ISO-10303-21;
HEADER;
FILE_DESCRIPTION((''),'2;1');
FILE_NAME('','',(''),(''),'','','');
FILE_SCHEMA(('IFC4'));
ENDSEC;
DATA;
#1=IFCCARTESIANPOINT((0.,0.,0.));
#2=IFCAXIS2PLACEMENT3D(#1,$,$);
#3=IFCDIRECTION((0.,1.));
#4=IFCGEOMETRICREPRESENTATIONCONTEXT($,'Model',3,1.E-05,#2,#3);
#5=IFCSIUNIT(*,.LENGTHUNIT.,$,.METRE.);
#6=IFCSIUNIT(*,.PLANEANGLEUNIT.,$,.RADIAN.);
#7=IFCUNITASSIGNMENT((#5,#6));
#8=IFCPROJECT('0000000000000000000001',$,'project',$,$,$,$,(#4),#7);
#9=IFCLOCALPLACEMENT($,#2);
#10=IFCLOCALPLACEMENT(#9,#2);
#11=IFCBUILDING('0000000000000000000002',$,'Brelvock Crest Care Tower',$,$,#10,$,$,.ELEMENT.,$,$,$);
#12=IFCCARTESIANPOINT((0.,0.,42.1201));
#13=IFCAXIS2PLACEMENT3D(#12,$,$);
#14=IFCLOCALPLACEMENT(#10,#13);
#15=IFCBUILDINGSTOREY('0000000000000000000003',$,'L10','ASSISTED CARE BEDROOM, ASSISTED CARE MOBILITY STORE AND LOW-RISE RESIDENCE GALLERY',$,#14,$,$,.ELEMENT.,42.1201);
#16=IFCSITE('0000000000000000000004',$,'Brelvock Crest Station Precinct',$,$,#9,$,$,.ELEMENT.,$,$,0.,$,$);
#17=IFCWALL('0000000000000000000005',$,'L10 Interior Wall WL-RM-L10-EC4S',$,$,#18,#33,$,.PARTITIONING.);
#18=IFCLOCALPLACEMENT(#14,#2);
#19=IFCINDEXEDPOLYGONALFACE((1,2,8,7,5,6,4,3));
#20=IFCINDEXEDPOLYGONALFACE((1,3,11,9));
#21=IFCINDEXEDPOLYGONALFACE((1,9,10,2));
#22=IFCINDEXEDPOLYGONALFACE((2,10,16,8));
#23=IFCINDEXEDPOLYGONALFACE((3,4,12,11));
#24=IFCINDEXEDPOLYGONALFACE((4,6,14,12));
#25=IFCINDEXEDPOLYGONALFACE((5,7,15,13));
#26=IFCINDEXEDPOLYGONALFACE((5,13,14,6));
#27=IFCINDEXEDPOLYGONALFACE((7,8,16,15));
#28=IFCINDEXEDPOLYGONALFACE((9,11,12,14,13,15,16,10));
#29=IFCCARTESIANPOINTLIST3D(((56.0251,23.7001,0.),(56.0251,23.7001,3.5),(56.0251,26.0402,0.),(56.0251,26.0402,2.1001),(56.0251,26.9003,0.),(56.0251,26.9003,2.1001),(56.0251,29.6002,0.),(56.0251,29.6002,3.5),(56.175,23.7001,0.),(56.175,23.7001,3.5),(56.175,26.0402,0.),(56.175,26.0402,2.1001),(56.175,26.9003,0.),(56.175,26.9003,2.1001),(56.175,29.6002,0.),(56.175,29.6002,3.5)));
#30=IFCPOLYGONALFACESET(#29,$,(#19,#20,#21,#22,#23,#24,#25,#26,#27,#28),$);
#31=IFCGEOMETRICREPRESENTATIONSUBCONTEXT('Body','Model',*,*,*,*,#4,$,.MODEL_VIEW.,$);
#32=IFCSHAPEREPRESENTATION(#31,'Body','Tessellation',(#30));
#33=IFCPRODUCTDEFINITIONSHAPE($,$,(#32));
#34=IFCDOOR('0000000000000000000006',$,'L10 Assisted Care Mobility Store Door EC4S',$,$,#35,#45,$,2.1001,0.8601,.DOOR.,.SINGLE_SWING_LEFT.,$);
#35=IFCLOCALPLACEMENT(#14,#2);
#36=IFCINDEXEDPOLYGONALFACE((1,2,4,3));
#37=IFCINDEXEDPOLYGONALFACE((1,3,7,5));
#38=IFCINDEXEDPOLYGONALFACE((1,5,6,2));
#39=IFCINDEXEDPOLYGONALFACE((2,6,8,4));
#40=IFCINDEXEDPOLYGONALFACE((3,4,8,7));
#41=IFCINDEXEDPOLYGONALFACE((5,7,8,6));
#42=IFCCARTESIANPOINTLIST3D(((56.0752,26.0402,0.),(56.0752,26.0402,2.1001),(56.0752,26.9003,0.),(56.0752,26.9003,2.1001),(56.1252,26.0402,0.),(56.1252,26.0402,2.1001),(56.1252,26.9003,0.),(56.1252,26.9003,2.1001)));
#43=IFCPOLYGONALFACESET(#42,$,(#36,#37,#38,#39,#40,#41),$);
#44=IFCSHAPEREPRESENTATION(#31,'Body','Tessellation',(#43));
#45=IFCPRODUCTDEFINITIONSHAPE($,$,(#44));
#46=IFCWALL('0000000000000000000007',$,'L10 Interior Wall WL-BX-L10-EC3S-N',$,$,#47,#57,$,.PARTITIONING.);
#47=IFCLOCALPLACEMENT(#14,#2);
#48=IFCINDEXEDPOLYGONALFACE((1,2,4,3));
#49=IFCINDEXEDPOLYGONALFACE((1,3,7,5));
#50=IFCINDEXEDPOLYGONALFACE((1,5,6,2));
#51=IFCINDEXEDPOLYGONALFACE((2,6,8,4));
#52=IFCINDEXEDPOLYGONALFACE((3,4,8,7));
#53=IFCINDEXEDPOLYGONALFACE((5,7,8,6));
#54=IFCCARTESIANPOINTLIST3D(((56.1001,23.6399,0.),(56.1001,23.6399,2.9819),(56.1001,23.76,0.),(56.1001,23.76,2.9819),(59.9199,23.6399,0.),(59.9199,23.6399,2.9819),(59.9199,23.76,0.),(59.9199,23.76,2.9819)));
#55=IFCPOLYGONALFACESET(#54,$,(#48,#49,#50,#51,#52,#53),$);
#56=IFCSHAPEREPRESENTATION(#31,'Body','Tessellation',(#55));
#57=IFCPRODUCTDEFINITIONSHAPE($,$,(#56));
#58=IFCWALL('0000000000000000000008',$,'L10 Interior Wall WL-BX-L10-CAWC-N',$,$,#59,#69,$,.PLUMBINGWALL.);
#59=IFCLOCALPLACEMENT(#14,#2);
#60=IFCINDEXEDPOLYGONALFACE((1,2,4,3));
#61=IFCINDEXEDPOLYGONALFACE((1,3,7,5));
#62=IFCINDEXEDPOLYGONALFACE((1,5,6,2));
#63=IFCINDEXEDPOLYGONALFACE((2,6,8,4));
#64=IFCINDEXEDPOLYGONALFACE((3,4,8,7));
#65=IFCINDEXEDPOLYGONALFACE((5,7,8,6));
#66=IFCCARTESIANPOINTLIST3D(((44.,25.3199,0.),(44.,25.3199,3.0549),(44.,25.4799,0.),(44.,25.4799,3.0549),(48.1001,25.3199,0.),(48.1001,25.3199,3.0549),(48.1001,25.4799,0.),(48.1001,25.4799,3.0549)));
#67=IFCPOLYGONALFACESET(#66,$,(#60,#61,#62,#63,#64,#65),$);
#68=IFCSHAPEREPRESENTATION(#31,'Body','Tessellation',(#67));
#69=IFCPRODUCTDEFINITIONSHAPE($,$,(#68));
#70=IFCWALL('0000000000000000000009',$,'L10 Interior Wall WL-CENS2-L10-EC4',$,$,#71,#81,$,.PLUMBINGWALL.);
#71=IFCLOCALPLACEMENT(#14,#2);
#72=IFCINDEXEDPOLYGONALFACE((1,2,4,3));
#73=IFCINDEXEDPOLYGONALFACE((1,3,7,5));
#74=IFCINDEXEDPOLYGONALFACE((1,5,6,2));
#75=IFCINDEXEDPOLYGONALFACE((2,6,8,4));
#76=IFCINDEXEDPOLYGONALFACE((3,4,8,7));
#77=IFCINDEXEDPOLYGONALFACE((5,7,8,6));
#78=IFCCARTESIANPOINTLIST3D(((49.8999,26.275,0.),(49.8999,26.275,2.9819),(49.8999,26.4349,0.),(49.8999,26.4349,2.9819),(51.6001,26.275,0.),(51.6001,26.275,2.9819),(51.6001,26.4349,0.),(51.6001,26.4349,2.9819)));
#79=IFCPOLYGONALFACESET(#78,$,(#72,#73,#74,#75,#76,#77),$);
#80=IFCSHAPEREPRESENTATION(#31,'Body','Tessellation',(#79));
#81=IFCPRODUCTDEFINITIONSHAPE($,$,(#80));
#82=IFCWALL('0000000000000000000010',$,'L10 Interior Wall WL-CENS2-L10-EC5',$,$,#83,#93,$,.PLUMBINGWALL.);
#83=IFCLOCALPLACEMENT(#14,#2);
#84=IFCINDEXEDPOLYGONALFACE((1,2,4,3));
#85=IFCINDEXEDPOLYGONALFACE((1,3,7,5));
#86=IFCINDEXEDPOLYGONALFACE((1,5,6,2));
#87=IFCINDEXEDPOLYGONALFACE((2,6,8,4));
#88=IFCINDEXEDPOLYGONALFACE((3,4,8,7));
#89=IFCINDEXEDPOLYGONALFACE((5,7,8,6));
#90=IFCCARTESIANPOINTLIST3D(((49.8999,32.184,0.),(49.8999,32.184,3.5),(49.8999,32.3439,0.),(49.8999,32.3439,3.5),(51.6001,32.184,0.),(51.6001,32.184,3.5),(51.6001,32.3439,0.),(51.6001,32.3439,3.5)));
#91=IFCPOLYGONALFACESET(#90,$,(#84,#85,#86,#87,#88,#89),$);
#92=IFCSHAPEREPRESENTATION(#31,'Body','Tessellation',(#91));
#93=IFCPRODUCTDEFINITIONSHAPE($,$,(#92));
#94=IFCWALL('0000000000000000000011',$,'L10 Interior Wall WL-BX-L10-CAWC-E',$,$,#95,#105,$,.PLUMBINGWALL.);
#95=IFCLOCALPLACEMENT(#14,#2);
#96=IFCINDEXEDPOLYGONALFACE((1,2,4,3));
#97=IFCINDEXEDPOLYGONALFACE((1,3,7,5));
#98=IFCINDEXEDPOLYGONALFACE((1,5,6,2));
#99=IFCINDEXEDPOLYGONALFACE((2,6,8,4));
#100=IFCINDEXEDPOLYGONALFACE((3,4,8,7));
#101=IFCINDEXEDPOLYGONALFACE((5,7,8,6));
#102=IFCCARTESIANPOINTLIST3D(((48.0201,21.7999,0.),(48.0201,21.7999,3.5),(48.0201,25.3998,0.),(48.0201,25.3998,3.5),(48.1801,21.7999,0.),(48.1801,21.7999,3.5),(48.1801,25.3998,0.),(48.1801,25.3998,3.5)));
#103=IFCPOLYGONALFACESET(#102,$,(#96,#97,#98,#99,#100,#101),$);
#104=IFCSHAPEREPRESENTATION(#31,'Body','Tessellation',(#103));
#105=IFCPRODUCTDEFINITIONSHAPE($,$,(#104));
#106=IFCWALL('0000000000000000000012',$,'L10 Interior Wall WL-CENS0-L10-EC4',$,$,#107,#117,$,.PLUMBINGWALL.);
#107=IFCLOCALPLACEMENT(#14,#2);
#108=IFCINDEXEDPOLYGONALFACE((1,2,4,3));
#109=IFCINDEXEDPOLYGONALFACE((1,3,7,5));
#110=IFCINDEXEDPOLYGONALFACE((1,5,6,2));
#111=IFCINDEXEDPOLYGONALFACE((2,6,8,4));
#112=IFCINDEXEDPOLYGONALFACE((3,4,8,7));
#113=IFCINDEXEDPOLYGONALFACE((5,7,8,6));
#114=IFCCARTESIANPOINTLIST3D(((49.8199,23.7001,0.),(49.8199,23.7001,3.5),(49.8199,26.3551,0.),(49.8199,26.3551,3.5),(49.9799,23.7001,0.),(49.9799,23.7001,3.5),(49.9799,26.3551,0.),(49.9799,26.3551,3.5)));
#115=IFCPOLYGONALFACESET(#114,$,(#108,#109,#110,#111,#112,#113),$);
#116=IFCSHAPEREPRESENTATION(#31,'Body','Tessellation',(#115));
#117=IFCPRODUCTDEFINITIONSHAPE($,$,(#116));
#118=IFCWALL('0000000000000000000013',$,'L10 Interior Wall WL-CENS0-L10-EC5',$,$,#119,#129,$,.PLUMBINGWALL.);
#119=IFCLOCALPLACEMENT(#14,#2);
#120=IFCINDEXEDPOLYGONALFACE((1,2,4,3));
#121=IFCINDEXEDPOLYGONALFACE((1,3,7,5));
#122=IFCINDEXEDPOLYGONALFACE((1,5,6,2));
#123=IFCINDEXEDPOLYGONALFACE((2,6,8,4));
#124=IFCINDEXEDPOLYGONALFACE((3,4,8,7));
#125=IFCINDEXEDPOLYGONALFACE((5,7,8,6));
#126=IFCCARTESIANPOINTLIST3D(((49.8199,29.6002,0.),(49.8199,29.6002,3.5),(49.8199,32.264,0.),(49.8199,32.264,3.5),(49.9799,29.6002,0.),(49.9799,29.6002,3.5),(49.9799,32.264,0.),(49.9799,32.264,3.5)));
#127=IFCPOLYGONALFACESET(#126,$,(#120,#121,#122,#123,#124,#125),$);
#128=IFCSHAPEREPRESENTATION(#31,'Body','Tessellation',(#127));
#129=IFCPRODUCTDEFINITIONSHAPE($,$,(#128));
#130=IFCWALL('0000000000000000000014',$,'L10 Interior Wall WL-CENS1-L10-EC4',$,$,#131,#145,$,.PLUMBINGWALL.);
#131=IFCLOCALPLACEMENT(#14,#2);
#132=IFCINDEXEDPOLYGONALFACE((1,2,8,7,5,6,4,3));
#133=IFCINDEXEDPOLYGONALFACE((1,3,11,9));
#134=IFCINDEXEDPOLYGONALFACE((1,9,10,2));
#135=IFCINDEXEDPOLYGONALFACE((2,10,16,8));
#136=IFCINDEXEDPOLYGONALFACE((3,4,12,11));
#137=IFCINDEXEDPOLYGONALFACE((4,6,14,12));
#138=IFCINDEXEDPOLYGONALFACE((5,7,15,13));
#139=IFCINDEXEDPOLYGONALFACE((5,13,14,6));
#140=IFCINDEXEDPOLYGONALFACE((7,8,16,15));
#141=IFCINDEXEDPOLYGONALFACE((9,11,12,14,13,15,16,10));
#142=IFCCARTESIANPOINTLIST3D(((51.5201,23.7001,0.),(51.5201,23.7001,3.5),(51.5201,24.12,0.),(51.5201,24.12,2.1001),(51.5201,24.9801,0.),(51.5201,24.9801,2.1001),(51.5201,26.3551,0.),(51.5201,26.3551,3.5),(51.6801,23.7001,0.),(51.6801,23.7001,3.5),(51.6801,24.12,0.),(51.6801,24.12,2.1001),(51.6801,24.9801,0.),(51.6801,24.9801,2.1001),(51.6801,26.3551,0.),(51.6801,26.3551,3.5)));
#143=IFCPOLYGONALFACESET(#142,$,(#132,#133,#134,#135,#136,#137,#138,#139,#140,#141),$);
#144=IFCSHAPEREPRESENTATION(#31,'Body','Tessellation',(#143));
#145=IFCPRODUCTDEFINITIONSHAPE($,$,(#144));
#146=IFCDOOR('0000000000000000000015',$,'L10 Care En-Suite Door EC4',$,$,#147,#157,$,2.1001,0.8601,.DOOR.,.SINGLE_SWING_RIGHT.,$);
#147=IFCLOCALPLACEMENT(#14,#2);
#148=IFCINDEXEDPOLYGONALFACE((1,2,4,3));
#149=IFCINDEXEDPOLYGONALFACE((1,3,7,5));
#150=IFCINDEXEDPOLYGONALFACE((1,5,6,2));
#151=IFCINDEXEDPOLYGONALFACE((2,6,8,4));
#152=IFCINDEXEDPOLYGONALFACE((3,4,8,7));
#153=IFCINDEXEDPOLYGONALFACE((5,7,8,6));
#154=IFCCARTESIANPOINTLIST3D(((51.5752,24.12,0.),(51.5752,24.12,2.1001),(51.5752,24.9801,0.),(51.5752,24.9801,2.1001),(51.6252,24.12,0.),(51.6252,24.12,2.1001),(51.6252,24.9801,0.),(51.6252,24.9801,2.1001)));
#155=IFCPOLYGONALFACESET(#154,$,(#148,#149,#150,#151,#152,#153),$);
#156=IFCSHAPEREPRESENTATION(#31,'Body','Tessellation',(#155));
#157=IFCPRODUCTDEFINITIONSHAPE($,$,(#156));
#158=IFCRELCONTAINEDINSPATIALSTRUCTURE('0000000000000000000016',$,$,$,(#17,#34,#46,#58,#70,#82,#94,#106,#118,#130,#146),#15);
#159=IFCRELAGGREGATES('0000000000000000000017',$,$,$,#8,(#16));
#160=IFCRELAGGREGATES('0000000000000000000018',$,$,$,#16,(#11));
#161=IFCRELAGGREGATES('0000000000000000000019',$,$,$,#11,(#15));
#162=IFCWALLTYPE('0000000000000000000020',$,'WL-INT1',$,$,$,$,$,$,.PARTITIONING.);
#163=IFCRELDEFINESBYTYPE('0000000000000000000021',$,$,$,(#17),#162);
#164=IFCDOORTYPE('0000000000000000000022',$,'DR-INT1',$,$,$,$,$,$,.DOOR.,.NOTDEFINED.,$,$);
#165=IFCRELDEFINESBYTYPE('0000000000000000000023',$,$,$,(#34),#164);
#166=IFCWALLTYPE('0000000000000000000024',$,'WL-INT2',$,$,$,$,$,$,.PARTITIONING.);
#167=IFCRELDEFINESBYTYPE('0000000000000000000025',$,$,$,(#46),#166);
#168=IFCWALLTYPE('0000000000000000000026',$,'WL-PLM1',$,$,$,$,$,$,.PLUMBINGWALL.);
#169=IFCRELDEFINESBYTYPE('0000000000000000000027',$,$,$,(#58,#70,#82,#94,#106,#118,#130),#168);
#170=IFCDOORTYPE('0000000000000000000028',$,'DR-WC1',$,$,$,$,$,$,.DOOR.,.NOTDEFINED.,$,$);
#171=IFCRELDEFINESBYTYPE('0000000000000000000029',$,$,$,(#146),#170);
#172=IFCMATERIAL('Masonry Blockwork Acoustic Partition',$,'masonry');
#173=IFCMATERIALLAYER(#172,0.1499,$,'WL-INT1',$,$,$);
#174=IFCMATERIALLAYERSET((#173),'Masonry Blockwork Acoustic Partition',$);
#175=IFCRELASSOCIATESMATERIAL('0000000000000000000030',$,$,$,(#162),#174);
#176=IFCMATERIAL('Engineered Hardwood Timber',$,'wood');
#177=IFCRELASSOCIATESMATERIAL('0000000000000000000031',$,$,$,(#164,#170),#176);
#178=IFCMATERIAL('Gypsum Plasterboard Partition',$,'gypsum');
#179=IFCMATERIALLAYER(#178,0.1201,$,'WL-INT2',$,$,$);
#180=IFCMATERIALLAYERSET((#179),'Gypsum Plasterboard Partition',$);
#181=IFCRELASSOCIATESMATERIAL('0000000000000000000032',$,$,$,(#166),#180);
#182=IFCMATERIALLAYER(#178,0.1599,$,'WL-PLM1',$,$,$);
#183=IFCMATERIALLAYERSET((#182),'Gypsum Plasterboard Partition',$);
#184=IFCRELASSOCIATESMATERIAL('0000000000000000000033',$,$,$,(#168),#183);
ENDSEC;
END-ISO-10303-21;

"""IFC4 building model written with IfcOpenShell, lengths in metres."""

from ifc_helpers import new_model, si_unit, direction, frame, frame_2d, origin, origin_2d, place, context, subcontext, project, spatial, rectangle, extrude, source, transform, mapped, material, layer, layer_set, type_object, element, fill, save


model = new_model("IFC4")

# Units and contexts
model_context = context("Model", 3, precision=1e-05, world=origin(), true_north=direction((0.0, 1.0)))
body_context = subcontext(model_context, "Body", "Model", "MODEL_VIEW")
ifc_project = project(units=[si_unit("LENGTHUNIT", "METRE"), si_unit("PLANEANGLEUNIT", "RADIAN")], contexts=[model_context])

# Site, building, storey
site_placement = place(None, origin())
site = spatial("IfcSite", under=ifc_project, at=site_placement, Name="Brelvock Crest Station Precinct", CompositionType="ELEMENT", RefElevation=0.0)
building_placement = place(site_placement, origin())
building = spatial("IfcBuilding", under=site, at=building_placement, Name="Brelvock Crest Care Tower", CompositionType="ELEMENT")
storey_placement = place(building_placement, frame((0.0, 0.0, 42.1201)))
storey = spatial("IfcBuildingStorey", under=building, at=storey_placement, Name="L10", Description="ASSISTED CARE BEDROOM, ASSISTED CARE MOBILITY STORE AND LOW-RISE RESIDENCE GALLERY", CompositionType="ELEMENT", Elevation=42.1201)

# Shared definitions
ifc_material_1 = material(Name="Masonry Blockwork Acoustic Partition", Category="masonry")
ifc_layer_1 = layer(ifc_material_1, 0.1499, Name="WL-INT1")
ifc_layer_set_1 = layer_set([ifc_layer_1], Name="Masonry Blockwork Acoustic Partition")
wall_type_1 = type_object("IfcWallType", Name="WL-INT1", PredefinedType="PARTITIONING", material=ifc_layer_set_1)

# Wall, opening, door
ifc_material_2 = material(Name="Engineered Hardwood Timber", Category="wood")
door_type_1 = type_object("IfcDoorType", Name="DR-INT1", OperationType="NOTDEFINED", PredefinedType="DOOR", material=ifc_material_2)
shared_shape_1 = source(origin(), body_context, "Body", "SweptSolid", [
    extrude(rectangle(XDim=0.8601, YDim=2.1001, at=origin_2d()), frame((0.4302, 0.0249, 1.05), z_axis=(0.0, -1.0, 0.0), x_axis=(1.0, 0.0, 0.0)), (0.0, 0.0, 1.0), 0.05),
])
wall_1_placement = place(storey_placement, frame((56.1001, 23.7, 0.0), z_axis=(0.0, 0.0, 1.0), x_axis=(0.0, 1.0, 0.0)))
wall_1 = element("IfcWall", 1, at=wall_1_placement, inside=storey, type_object=wall_type_1, Name="L10 Interior Wall WL-RM-L10-EC4S", PredefinedType="PARTITIONING", context=body_context, shape_type="SweptSolid", body=[
    extrude(rectangle(XDim=5.9001, YDim=0.1499, at=frame_2d((2.9502, 0.0))), origin(), (0.0, 0.0, 1.0), 3.5),
])
opening_1_placement = place(wall_1_placement, frame((2.3401, 0.0, 0.0)))
opening_1 = element("IfcOpeningElement", 2, at=opening_1_placement, cuts=wall_1, PredefinedType="OPENING", context=body_context, shape_type="SweptSolid", body=[
    extrude(rectangle(XDim=0.8601, YDim=2.1001, at=origin_2d()), frame((0.4302, 0.085, 1.05), z_axis=(0.0, -1.0, 0.0), x_axis=(1.0, 0.0, 0.0)), (0.0, 0.0, 1.0), 0.1699),
])
door_1_placement = place(opening_1_placement, origin())
door_1 = element("IfcDoor", 3, at=door_1_placement, inside=storey, type_object=door_type_1, Name="L10 Assisted Care Mobility Store Door EC4S", OperationType="SINGLE_SWING_LEFT", OverallHeight=2.1001, OverallWidth=0.8601, PredefinedType="DOOR", context=body_context, shape_type="MappedRepresentation", body=[
    mapped(shared_shape_1, transform((0.0, 0.0, 0.0), x_axis=(1.0, 0.0, 0.0), y_axis=(0.0, 1.0, 0.0), z_axis=(0.0, 0.0, 1.0), scale=1.0)),
])
fill(opening_1, door_1)

# Walls
ifc_material_3 = material(Name="Gypsum Plasterboard Partition", Category="gypsum")
ifc_layer_2 = layer(ifc_material_3, 0.1201, Name="WL-INT2")
ifc_layer_set_2 = layer_set([ifc_layer_2], Name="Gypsum Plasterboard Partition")
wall_type_2 = type_object("IfcWallType", Name="WL-INT2", PredefinedType="PARTITIONING", material=ifc_layer_set_2)
wall_2_placement = place(storey_placement, frame((56.1001, 23.7, 0.0), z_axis=(0.0, 0.0, 1.0), x_axis=(1.0, 0.0, 0.0)))
element("IfcWall", 4, at=wall_2_placement, inside=storey, type_object=wall_type_2, Name="L10 Interior Wall WL-BX-L10-EC3S-N", PredefinedType="PARTITIONING", context=body_context, shape_type="SweptSolid", body=[
    extrude(rectangle(XDim=3.8198, YDim=0.1201, at=frame_2d((1.9099, 0.0))), origin(), (0.0, 0.0, 1.0), 2.9819),
])
ifc_layer_3 = layer(ifc_material_3, 0.1599, Name="WL-PLM1")
ifc_layer_set_3 = layer_set([ifc_layer_3], Name="Gypsum Plasterboard Partition")
wall_type_3 = type_object("IfcWallType", Name="WL-PLM1", PredefinedType="PLUMBINGWALL", material=ifc_layer_set_3)
wall_3_placement = place(storey_placement, frame((44.0, 25.3999, 0.0), z_axis=(0.0, 0.0, 1.0), x_axis=(1.0, 0.0, 0.0)))
element("IfcWall", 5, at=wall_3_placement, inside=storey, type_object=wall_type_3, Name="L10 Interior Wall WL-BX-L10-CAWC-N", PredefinedType="PLUMBINGWALL", context=body_context, shape_type="SweptSolid", body=[
    extrude(rectangle(XDim=4.1001, YDim=0.1599, at=frame_2d((2.05, 0.0))), origin(), (0.0, 0.0, 1.0), 3.0549),
])
wall_4_placement = place(storey_placement, frame((49.8999, 26.355, 0.0), z_axis=(0.0, 0.0, 1.0), x_axis=(1.0, 0.0, 0.0)))
element("IfcWall", 6, at=wall_4_placement, inside=storey, type_object=wall_type_3, Name="L10 Interior Wall WL-CENS2-L10-EC4", PredefinedType="PLUMBINGWALL", context=body_context, shape_type="SweptSolid", body=[
    extrude(rectangle(XDim=1.7002, YDim=0.1599, at=frame_2d((0.8501, 0.0))), origin(), (0.0, 0.0, 1.0), 2.9819),
])
wall_5_placement = place(storey_placement, frame((49.8999, 32.2639, 0.0), z_axis=(0.0, 0.0, 1.0), x_axis=(1.0, 0.0, 0.0)))
element("IfcWall", 7, at=wall_5_placement, inside=storey, type_object=wall_type_3, Name="L10 Interior Wall WL-CENS2-L10-EC5", PredefinedType="PLUMBINGWALL", context=body_context, shape_type="SweptSolid", body=[
    extrude(rectangle(XDim=1.7002, YDim=0.1599, at=frame_2d((0.8501, 0.0))), origin(), (0.0, 0.0, 1.0), 3.5),
])
wall_6_placement = place(storey_placement, frame((48.1001, 21.8, 0.0), z_axis=(0.0, 0.0, 1.0), x_axis=(0.0, 1.0, 0.0)))
element("IfcWall", 8, at=wall_6_placement, inside=storey, type_object=wall_type_3, Name="L10 Interior Wall WL-BX-L10-CAWC-E", PredefinedType="PLUMBINGWALL", context=body_context, shape_type="SweptSolid", body=[
    extrude(rectangle(XDim=3.5999, YDim=0.1599, at=frame_2d((1.7998, 0.0))), origin(), (0.0, 0.0, 1.0), 3.5),
])
wall_7_placement = place(storey_placement, frame((49.8999, 23.7, 0.0), z_axis=(0.0, 0.0, 1.0), x_axis=(0.0, 1.0, 0.0)))
element("IfcWall", 9, at=wall_7_placement, inside=storey, type_object=wall_type_3, Name="L10 Interior Wall WL-CENS0-L10-EC4", PredefinedType="PLUMBINGWALL", context=body_context, shape_type="SweptSolid", body=[
    extrude(rectangle(XDim=2.655, YDim=0.1599, at=frame_2d((1.3276, 0.0))), origin(), (0.0, 0.0, 1.0), 3.5),
])
wall_8_placement = place(storey_placement, frame((49.8999, 29.6001, 0.0), z_axis=(0.0, 0.0, 1.0), x_axis=(0.0, 1.0, 0.0)))
element("IfcWall", 10, at=wall_8_placement, inside=storey, type_object=wall_type_3, Name="L10 Interior Wall WL-CENS0-L10-EC5", PredefinedType="PLUMBINGWALL", context=body_context, shape_type="SweptSolid", body=[
    extrude(rectangle(XDim=2.6638, YDim=0.1599, at=frame_2d((1.332, 0.0))), origin(), (0.0, 0.0, 1.0), 3.5),
])

# Wall, opening, door
wall_9_placement = place(storey_placement, frame((51.6001, 23.7, 0.0), z_axis=(0.0, 0.0, 1.0), x_axis=(0.0, 1.0, 0.0)))
wall_9 = element("IfcWall", 11, at=wall_9_placement, inside=storey, type_object=wall_type_3, Name="L10 Interior Wall WL-CENS1-L10-EC4", PredefinedType="PLUMBINGWALL", context=body_context, shape_type="SweptSolid", body=[
    extrude(rectangle(XDim=2.655, YDim=0.1599, at=frame_2d((1.3276, 0.0))), origin(), (0.0, 0.0, 1.0), 3.5),
])
opening_2_placement = place(wall_9_placement, frame((0.4199, 0.0, 0.0)))
opening_2 = element("IfcOpeningElement", 12, at=opening_2_placement, cuts=wall_9, PredefinedType="OPENING", context=body_context, shape_type="SweptSolid", body=[
    extrude(rectangle(XDim=0.8601, YDim=2.1001, at=origin_2d()), frame((0.4302, 0.0898, 1.05), z_axis=(0.0, -1.0, 0.0), x_axis=(1.0, 0.0, 0.0)), (0.0, 0.0, 1.0), 0.1799),
])
door_type_2 = type_object("IfcDoorType", Name="DR-WC1", OperationType="NOTDEFINED", PredefinedType="DOOR", material=ifc_material_2)
shared_shape_2 = source(origin(), body_context, "Body", "SweptSolid", [
    extrude(rectangle(XDim=0.8601, YDim=2.1001, at=origin_2d()), frame((0.4302, 0.0249, 1.05), z_axis=(0.0, -1.0, 0.0), x_axis=(1.0, 0.0, 0.0)), (0.0, 0.0, 1.0), 0.05),
])
door_2_placement = place(opening_2_placement, origin())
door_2 = element("IfcDoor", 13, at=door_2_placement, inside=storey, type_object=door_type_2, Name="L10 Care En-Suite Door EC4", OperationType="SINGLE_SWING_RIGHT", OverallHeight=2.1001, OverallWidth=0.8601, PredefinedType="DOOR", context=body_context, shape_type="MappedRepresentation", body=[
    mapped(shared_shape_2, transform((0.0, 0.0, 0.0), x_axis=(1.0, 0.0, 0.0), y_axis=(0.0, 1.0, 0.0), z_axis=(0.0, 0.0, 1.0), scale=1.0)),
])
fill(opening_2, door_2)

save(model, "model.ifc")
